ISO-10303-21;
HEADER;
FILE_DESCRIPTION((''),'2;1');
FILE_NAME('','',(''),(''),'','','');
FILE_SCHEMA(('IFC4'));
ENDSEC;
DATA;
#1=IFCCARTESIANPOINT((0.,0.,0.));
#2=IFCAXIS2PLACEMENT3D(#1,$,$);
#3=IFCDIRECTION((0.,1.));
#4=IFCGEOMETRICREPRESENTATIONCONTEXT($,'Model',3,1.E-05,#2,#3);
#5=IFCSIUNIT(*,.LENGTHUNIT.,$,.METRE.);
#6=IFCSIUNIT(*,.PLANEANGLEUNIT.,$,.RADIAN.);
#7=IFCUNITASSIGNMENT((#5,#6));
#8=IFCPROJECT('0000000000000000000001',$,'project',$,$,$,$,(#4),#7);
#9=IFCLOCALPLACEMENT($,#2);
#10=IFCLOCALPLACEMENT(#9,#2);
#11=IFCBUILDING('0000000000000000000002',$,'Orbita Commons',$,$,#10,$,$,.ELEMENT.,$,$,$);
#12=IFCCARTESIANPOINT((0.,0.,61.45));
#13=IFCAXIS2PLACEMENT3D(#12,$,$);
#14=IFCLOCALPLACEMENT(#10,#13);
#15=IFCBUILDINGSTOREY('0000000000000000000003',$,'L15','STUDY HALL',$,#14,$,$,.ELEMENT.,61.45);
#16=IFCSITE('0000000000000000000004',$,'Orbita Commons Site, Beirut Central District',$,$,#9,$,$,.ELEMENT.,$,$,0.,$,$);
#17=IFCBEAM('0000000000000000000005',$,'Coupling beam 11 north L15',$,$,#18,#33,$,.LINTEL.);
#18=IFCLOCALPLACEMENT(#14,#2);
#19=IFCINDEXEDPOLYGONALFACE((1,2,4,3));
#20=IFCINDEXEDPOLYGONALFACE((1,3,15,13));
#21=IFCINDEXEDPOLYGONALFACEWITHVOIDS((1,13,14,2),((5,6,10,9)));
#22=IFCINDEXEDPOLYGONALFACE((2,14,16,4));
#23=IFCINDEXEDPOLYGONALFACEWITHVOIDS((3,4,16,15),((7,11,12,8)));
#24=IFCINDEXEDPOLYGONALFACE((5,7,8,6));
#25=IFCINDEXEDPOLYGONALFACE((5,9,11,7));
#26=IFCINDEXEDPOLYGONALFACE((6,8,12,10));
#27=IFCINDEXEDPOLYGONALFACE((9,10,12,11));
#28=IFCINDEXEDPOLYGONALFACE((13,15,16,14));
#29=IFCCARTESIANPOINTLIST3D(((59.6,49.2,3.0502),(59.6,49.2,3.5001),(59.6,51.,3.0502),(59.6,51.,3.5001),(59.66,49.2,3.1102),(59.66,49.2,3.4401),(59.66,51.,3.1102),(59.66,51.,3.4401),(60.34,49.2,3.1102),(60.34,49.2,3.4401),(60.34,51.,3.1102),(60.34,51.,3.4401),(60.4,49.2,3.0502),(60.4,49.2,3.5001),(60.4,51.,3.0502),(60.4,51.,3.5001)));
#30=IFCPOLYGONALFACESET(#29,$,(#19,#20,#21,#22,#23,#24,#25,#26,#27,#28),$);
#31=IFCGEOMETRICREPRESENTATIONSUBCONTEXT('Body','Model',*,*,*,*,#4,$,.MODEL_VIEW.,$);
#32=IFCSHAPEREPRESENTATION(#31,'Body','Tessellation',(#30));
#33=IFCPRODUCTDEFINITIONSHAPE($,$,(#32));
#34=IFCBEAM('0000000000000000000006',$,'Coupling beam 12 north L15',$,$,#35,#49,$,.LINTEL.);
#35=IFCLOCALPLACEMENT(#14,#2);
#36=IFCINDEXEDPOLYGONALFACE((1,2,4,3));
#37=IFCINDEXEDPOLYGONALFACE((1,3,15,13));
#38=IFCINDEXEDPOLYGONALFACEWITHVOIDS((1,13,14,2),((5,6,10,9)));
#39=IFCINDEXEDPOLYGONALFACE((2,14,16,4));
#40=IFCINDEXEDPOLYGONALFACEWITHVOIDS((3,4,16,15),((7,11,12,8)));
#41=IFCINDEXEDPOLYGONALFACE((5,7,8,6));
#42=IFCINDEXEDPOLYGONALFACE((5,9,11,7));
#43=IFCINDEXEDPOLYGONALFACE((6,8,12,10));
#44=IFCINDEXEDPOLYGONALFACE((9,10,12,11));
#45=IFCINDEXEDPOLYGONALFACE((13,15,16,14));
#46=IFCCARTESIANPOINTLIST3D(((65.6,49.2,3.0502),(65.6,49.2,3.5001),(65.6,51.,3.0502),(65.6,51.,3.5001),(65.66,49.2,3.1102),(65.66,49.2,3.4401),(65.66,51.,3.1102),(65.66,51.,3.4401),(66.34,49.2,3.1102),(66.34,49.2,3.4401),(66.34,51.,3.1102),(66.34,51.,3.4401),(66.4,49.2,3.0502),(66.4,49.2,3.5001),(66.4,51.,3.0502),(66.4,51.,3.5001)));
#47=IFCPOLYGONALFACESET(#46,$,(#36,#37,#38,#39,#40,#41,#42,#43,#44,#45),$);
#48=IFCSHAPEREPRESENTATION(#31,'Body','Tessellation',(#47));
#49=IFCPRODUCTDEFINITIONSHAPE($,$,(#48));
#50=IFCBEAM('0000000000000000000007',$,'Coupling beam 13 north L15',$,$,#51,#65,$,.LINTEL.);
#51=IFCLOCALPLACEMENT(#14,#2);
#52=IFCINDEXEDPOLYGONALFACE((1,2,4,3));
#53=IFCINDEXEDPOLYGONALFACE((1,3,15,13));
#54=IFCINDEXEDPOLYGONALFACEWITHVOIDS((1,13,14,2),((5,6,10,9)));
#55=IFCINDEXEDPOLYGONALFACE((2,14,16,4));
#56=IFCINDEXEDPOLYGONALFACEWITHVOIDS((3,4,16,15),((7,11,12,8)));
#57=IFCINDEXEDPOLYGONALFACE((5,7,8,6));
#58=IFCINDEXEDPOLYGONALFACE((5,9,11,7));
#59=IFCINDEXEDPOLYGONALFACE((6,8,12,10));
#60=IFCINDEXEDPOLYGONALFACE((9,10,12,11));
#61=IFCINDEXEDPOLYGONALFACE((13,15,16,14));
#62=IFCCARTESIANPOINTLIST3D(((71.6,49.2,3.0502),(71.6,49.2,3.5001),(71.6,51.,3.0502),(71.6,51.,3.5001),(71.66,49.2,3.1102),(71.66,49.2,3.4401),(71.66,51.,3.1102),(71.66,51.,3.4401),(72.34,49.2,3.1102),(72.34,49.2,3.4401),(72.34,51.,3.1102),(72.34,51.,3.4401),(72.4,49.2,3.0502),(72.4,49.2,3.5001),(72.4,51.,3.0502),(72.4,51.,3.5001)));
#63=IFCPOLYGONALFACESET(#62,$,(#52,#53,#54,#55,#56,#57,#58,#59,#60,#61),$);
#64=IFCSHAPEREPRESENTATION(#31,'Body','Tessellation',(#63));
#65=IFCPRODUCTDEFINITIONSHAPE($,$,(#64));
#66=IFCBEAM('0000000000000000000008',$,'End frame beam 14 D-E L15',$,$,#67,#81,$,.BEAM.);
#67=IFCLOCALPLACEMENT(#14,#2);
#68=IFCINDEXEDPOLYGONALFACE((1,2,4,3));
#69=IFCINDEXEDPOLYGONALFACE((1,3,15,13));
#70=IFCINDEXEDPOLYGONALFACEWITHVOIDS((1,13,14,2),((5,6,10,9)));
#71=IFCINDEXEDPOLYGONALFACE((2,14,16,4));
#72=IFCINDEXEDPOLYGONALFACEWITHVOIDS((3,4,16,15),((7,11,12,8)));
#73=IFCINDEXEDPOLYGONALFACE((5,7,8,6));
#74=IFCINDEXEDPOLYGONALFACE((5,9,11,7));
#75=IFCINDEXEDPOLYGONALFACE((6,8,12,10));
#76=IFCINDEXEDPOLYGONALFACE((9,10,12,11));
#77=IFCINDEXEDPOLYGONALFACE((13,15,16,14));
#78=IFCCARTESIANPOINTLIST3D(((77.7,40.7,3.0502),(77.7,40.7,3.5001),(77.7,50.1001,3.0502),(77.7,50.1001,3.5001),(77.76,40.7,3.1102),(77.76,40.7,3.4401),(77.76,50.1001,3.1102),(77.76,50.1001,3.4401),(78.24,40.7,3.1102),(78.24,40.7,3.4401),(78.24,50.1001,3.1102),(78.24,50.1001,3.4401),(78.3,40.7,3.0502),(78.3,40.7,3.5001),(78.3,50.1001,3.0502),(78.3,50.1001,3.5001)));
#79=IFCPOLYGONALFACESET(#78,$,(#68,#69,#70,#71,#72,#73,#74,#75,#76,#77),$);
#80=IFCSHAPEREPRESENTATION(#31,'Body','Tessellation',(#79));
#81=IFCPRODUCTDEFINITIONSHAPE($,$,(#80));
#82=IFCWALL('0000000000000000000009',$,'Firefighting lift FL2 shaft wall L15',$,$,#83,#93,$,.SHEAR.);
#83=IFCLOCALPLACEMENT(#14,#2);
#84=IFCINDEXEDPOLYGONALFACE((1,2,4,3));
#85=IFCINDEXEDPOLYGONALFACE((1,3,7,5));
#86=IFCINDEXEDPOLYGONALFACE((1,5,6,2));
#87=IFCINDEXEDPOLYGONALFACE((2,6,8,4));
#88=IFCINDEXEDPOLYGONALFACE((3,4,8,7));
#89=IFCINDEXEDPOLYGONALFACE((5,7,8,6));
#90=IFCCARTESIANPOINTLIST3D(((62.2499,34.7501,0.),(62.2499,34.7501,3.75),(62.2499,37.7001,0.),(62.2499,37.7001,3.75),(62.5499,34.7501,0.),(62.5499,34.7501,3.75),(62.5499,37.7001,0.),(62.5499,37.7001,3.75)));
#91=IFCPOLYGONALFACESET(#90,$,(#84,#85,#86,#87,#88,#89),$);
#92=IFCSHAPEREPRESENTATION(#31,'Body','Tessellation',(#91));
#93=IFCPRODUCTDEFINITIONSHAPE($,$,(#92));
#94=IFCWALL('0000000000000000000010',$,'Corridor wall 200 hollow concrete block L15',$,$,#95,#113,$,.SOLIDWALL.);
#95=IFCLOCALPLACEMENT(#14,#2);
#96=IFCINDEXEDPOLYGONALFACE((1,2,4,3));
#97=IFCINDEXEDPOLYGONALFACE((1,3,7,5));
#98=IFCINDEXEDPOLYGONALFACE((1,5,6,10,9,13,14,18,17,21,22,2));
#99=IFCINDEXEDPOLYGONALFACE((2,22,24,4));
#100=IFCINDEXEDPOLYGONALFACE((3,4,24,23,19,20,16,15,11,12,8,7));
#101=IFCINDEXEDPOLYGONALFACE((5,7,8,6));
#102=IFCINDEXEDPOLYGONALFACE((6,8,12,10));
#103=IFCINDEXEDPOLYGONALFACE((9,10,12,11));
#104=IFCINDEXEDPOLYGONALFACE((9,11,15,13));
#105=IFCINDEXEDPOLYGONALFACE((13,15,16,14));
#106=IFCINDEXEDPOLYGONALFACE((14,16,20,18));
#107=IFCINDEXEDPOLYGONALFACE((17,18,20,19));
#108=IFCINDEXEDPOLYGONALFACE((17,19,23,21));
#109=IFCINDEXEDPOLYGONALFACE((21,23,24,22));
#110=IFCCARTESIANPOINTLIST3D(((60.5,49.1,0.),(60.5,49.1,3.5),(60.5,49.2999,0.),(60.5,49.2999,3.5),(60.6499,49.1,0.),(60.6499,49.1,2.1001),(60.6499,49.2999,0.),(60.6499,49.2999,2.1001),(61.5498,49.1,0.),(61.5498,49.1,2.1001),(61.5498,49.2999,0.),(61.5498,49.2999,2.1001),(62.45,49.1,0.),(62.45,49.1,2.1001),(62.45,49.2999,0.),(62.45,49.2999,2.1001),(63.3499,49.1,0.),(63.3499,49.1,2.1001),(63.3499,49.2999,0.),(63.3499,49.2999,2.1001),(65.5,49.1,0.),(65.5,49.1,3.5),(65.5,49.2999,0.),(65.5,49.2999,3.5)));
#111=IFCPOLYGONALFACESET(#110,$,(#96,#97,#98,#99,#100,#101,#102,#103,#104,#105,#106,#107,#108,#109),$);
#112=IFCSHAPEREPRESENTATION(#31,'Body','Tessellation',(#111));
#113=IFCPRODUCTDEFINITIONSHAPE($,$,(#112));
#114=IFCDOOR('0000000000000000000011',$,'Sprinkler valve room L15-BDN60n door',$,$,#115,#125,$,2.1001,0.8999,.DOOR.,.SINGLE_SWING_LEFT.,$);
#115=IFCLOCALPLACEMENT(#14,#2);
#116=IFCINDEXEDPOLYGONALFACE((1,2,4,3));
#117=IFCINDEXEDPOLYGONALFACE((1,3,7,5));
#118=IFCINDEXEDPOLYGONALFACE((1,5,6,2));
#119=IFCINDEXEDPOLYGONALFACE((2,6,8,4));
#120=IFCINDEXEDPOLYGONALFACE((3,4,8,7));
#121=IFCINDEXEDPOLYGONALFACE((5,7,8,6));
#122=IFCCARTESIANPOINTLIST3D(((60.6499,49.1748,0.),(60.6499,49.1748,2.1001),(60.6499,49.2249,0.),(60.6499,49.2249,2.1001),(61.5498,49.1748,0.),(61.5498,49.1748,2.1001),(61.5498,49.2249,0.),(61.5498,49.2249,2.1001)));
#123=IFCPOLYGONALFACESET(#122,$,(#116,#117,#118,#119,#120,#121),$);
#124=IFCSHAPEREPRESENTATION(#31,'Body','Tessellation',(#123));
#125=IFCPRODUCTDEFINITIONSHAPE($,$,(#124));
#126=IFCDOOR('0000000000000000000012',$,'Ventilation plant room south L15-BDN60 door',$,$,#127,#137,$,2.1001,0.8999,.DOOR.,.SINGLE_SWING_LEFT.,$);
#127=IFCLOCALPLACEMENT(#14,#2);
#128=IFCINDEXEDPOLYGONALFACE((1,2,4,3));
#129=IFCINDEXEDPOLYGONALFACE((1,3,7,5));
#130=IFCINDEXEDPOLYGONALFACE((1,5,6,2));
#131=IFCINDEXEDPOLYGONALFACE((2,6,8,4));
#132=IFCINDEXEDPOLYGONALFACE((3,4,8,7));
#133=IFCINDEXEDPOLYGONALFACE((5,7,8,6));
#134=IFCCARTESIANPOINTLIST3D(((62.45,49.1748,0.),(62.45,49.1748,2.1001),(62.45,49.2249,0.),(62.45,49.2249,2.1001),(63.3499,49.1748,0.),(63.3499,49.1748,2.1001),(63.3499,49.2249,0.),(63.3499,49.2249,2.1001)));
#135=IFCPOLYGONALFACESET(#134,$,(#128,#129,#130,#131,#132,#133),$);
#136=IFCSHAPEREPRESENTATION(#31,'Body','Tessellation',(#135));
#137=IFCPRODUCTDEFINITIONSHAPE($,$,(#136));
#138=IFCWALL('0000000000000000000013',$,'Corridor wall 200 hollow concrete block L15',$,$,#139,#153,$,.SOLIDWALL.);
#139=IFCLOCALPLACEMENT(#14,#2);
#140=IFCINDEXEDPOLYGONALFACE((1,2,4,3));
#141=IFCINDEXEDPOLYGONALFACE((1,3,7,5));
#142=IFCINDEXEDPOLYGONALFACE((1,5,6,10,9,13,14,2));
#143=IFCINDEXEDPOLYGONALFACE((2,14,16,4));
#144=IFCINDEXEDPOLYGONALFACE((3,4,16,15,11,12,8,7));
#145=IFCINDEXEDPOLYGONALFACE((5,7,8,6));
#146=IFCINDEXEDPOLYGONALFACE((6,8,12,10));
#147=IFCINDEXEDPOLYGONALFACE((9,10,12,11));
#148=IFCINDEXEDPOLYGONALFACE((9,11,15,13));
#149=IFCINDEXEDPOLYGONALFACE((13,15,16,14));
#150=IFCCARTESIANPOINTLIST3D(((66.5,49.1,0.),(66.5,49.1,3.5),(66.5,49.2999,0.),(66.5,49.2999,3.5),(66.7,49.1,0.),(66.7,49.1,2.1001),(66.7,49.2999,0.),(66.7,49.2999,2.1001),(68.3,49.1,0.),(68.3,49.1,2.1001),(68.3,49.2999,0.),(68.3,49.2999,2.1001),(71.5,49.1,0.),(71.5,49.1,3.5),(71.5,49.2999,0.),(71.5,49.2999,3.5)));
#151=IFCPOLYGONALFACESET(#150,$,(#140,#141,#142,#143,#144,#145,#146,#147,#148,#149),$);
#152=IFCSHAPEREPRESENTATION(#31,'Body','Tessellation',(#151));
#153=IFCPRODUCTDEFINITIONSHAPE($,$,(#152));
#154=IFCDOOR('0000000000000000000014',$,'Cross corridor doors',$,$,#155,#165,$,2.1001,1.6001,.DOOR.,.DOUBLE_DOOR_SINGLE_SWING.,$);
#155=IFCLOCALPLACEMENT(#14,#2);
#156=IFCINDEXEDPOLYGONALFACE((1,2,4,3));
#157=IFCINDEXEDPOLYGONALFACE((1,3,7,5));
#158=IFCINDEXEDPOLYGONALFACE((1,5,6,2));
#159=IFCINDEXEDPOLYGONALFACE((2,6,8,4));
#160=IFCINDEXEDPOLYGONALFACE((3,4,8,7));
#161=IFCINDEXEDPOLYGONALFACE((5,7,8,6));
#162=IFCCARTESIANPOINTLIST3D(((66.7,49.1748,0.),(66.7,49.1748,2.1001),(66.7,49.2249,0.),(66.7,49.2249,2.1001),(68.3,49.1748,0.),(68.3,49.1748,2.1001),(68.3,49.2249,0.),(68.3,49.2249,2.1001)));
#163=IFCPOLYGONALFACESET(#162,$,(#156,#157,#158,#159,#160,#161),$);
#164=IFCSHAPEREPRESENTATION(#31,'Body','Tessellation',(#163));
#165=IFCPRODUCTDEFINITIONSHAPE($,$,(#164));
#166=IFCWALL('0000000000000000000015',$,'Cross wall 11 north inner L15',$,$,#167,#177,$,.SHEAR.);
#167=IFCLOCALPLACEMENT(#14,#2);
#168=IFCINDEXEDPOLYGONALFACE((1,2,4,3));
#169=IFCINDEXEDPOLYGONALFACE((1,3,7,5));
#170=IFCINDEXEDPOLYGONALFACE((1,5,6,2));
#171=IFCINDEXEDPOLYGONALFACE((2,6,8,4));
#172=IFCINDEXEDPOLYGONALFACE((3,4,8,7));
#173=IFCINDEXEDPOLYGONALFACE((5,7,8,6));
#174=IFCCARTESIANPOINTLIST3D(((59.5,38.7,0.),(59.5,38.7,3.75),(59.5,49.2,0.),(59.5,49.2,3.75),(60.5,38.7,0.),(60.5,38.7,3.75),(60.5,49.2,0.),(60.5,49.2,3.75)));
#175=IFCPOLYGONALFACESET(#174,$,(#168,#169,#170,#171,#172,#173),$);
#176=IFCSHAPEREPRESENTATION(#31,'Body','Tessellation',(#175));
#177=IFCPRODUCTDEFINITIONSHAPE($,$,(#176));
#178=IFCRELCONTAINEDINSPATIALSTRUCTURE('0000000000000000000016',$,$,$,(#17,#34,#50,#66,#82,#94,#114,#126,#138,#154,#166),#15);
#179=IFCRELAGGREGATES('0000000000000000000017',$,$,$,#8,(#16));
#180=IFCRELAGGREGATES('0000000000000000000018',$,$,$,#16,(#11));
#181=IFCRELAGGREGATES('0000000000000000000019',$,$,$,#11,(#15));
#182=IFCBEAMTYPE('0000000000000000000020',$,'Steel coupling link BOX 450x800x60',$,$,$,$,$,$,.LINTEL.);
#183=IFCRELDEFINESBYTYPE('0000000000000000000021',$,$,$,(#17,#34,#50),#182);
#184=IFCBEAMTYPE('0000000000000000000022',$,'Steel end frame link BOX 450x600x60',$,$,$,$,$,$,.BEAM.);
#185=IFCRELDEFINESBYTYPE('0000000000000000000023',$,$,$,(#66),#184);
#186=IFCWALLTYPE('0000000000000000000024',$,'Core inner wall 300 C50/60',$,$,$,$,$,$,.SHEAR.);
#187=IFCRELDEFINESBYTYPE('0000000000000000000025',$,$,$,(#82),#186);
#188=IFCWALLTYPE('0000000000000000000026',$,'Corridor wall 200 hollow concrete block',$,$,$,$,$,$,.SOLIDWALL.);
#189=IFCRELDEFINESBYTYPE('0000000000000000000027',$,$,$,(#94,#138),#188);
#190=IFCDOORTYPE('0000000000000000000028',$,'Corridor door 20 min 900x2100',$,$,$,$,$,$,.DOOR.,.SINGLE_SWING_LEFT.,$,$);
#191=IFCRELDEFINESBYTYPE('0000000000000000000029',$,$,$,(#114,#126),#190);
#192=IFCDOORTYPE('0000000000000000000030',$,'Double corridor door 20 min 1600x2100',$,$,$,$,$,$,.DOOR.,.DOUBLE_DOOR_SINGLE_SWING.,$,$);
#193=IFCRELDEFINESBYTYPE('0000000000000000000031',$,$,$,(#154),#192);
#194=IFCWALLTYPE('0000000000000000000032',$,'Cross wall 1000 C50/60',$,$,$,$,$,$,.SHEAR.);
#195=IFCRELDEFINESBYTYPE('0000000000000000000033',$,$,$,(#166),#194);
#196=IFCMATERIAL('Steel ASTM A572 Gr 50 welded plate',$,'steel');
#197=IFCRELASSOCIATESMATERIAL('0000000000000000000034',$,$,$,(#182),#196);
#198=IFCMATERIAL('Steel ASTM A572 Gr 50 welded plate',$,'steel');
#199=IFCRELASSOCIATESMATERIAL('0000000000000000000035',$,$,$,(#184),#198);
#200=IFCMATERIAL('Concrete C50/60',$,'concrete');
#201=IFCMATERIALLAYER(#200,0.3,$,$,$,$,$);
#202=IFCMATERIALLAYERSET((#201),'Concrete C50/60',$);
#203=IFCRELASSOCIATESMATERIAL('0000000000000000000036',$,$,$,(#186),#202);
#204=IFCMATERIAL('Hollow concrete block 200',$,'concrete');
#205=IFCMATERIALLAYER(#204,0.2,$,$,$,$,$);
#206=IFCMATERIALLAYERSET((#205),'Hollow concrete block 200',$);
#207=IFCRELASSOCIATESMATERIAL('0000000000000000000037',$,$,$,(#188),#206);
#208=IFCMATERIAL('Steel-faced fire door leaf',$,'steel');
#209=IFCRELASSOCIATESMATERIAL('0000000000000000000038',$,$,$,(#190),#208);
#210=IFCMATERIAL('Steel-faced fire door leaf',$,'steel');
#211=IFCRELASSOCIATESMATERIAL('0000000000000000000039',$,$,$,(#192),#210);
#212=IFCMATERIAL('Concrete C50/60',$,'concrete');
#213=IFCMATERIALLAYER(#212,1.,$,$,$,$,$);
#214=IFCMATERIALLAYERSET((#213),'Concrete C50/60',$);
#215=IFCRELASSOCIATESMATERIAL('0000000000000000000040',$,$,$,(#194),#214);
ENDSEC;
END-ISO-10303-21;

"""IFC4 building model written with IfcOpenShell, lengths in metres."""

from ifc_helpers import new_model, si_unit, direction, frame, frame_2d, origin, origin_2d, place, context, subcontext, project, spatial, rectangle, hollow_rectangle, extrude, material, layer, layer_set, material_profile, profile_set, type_object, element, fill, save


model = new_model("IFC4")

# Units and contexts
model_context = context("Model", 3, precision=1e-05, world=origin(), true_north=direction((0.0, 1.0)))
body_context = subcontext(model_context, "Body", "Model", "MODEL_VIEW")
ifc_project = project(units=[si_unit("LENGTHUNIT", "METRE"), si_unit("PLANEANGLEUNIT", "RADIAN")], contexts=[model_context])

# Site, building, storey
site_placement = place(None, origin())
site = spatial("IfcSite", under=ifc_project, at=site_placement, Name="Orbita Commons Site, Beirut Central District", CompositionType="ELEMENT", RefElevation=0.0)
building_placement = place(site_placement, origin())
building = spatial("IfcBuilding", under=site, at=building_placement, Name="Orbita Commons", CompositionType="ELEMENT")
storey_placement = place(building_placement, frame((0.0, 0.0, 61.45)))
storey = spatial("IfcBuildingStorey", under=building, at=storey_placement, Name="L15", Description="STUDY HALL", CompositionType="ELEMENT", Elevation=61.45)

# Beams
ifc_material_1 = material(Name="Steel ASTM A572 Gr 50 welded plate", Category="steel")
ifc_material_profile_1 = material_profile(ifc_material_1, hollow_rectangle(XDim=0.8, YDim=0.45, WallThickness=0.0601, at=origin_2d()), Name="BOX 450x800x60")
ifc_profile_set_1 = profile_set([ifc_material_profile_1], Name="Steel ASTM A572 Gr 50 welded plate")
beam_type_1 = type_object("IfcBeamType", Name="Steel coupling link BOX 450x800x60", PredefinedType="LINTEL", material=ifc_profile_set_1)
for number, where, z_axis, x_axis, name in (
    (1, (60.0, 49.2, 3.2751), (0.0, 1.0, 0.0), (-1.0, 0.0, 0.0), "Coupling beam 11 north L15"),
    (2, (66.0, 49.2, 3.2751), (0.0, 1.0, 0.0), (-1.0, 0.0, 0.0), "Coupling beam 12 north L15"),
    (3, (72.0, 49.2, 3.2751), (0.0, 1.0, 0.0), (-1.0, 0.0, 0.0), "Coupling beam 13 north L15"),
):
    element("IfcBeam", number, at=place(storey_placement, frame(where, z_axis=z_axis, x_axis=x_axis)), inside=storey, type_object=beam_type_1, Name=name, PredefinedType="LINTEL", context=body_context, shape_type="SweptSolid", body=[
        extrude(hollow_rectangle(XDim=0.8, YDim=0.45, WallThickness=0.0601, at=origin_2d()), origin(), (0.0, 0.0, 1.0), 1.8),
    ])
ifc_material_2 = material(Name="Steel ASTM A572 Gr 50 welded plate", Category="steel")
ifc_material_profile_2 = material_profile(ifc_material_2, hollow_rectangle(XDim=0.6001, YDim=0.45, WallThickness=0.0601, at=origin_2d()), Name="BOX 450x600x60")
ifc_profile_set_2 = profile_set([ifc_material_profile_2], Name="Steel ASTM A572 Gr 50 welded plate")
beam_type_2 = type_object("IfcBeamType", Name="Steel end frame link BOX 450x600x60", PredefinedType="BEAM", material=ifc_profile_set_2)
beam_placement = place(storey_placement, frame((78.0, 40.7, 3.2751), z_axis=(0.0, 1.0, 0.0), x_axis=(-1.0, 0.0, 0.0)))
element("IfcBeam", 4, at=beam_placement, inside=storey, type_object=beam_type_2, Name="End frame beam 14 D-E L15", PredefinedType="BEAM", context=body_context, shape_type="SweptSolid", body=[
    extrude(hollow_rectangle(XDim=0.6001, YDim=0.45, WallThickness=0.0601, at=origin_2d()), origin(), (0.0, 0.0, 1.0), 9.4001),
])

# Wall
ifc_material_3 = material(Name="Concrete C50/60", Category="concrete")
ifc_layer_1 = layer(ifc_material_3, 0.3)
ifc_layer_set_1 = layer_set([ifc_layer_1], Name="Concrete C50/60")
wall_type_1 = type_object("IfcWallType", Name="Core inner wall 300 C50/60", PredefinedType="SHEAR", material=ifc_layer_set_1)
wall_1_placement = place(storey_placement, frame((62.3999, 34.75, 0.0), z_axis=(0.0, 0.0, 1.0), x_axis=(0.0, 1.0, 0.0)))
element("IfcWall", 5, at=wall_1_placement, inside=storey, type_object=wall_type_1, Name="Firefighting lift FL2 shaft wall L15", PredefinedType="SHEAR", context=body_context, shape_type="SweptSolid", body=[
    extrude(rectangle(XDim=2.95, YDim=0.3, at=frame_2d((1.4751, 0.0))), origin(), (0.0, 0.0, 1.0), 3.75),
])

# Wall, openings, doors
ifc_material_4 = material(Name="Hollow concrete block 200", Category="concrete")
ifc_layer_2 = layer(ifc_material_4, 0.2)
ifc_layer_set_2 = layer_set([ifc_layer_2], Name="Hollow concrete block 200")
wall_type_2 = type_object("IfcWallType", Name="Corridor wall 200 hollow concrete block", PredefinedType="SOLIDWALL", material=ifc_layer_set_2)
wall_2_placement = place(storey_placement, frame((60.5, 49.2, 0.0), z_axis=(0.0, 0.0, 1.0), x_axis=(1.0, 0.0, 0.0)))
wall_2 = element("IfcWall", 6, at=wall_2_placement, inside=storey, type_object=wall_type_2, Name="Corridor wall 200 hollow concrete block L15", PredefinedType="SOLIDWALL", context=body_context, shape_type="SweptSolid", body=[
    extrude(rectangle(XDim=5.0, YDim=0.2, at=frame_2d((2.5, 0.0))), origin(), (0.0, 0.0, 1.0), 3.5),
])
opening_1_placement = place(wall_2_placement, frame((0.1499, 0.0, 0.0)))
opening_1 = element("IfcOpeningElement", 7, at=opening_1_placement, cuts=wall_2, PredefinedType="OPENING", context=body_context, shape_type="SweptSolid", body=[
    extrude(rectangle(XDim=0.8999, YDim=2.1001, at=frame_2d((0.45, 1.05))), frame((0.0, 0.1099, 0.0), z_axis=(0.0, -1.0, 0.0), x_axis=(1.0, 0.0, 0.0)), (0.0, 0.0, 1.0), 0.22),
])
opening_2_placement = place(wall_2_placement, frame((1.95, 0.0, 0.0)))
opening_2 = element("IfcOpeningElement", 8, at=opening_2_placement, cuts=wall_2, PredefinedType="OPENING", context=body_context, shape_type="SweptSolid", body=[
    extrude(rectangle(XDim=0.8999, YDim=2.1001, at=frame_2d((0.45, 1.05))), frame((0.0, 0.1099, 0.0), z_axis=(0.0, -1.0, 0.0), x_axis=(1.0, 0.0, 0.0)), (0.0, 0.0, 1.0), 0.22),
])
ifc_material_5 = material(Name="Steel-faced fire door leaf", Category="steel")
door_type_1 = type_object("IfcDoorType", Name="Corridor door 20 min 900x2100", OperationType="SINGLE_SWING_LEFT", PredefinedType="DOOR", material=ifc_material_5)
door_1_placement = place(opening_1_placement, origin())
door_1 = element("IfcDoor", 9, at=door_1_placement, inside=storey, type_object=door_type_1, Name="Sprinkler valve room L15-BDN60n door", OperationType="SINGLE_SWING_LEFT", OverallHeight=2.1001, OverallWidth=0.8999, PredefinedType="DOOR", context=body_context, shape_type="SweptSolid", body=[
    extrude(rectangle(XDim=0.8999, YDim=2.1001, at=frame_2d((0.45, 1.05))), frame((0.0, 0.0249, 0.0), z_axis=(0.0, -1.0, 0.0), x_axis=(1.0, 0.0, 0.0)), (0.0, 0.0, 1.0), 0.05),
])
fill(opening_1, door_1)
door_2_placement = place(opening_2_placement, origin())
door_2 = element("IfcDoor", 10, at=door_2_placement, inside=storey, type_object=door_type_1, Name="Ventilation plant room south L15-BDN60 door", OperationType="SINGLE_SWING_LEFT", OverallHeight=2.1001, OverallWidth=0.8999, PredefinedType="DOOR", context=body_context, shape_type="SweptSolid", body=[
    extrude(rectangle(XDim=0.8999, YDim=2.1001, at=frame_2d((0.45, 1.05))), frame((0.0, 0.0249, 0.0), z_axis=(0.0, -1.0, 0.0), x_axis=(1.0, 0.0, 0.0)), (0.0, 0.0, 1.0), 0.05),
])
fill(opening_2, door_2)

# Wall, opening, door
wall_3_placement = place(storey_placement, frame((66.5, 49.2, 0.0), z_axis=(0.0, 0.0, 1.0), x_axis=(1.0, 0.0, 0.0)))
wall_3 = element("IfcWall", 11, at=wall_3_placement, inside=storey, type_object=wall_type_2, Name="Corridor wall 200 hollow concrete block L15", PredefinedType="SOLIDWALL", context=body_context, shape_type="SweptSolid", body=[
    extrude(rectangle(XDim=5.0, YDim=0.2, at=frame_2d((2.5, 0.0))), origin(), (0.0, 0.0, 1.0), 3.5),
])
opening_3_placement = place(wall_3_placement, frame((0.2, 0.0, 0.0)))
opening_3 = element("IfcOpeningElement", 12, at=opening_3_placement, cuts=wall_3, PredefinedType="OPENING", context=body_context, shape_type="SweptSolid", body=[
    extrude(rectangle(XDim=1.6001, YDim=2.1001, at=frame_2d((0.8, 1.05))), frame((0.0, 0.1099, 0.0), z_axis=(0.0, -1.0, 0.0), x_axis=(1.0, 0.0, 0.0)), (0.0, 0.0, 1.0), 0.22),
])
ifc_material_6 = material(Name="Steel-faced fire door leaf", Category="steel")
door_type_2 = type_object("IfcDoorType", Name="Double corridor door 20 min 1600x2100", OperationType="DOUBLE_DOOR_SINGLE_SWING", PredefinedType="DOOR", material=ifc_material_6)
door_3_placement = place(opening_3_placement, origin())
door_3 = element("IfcDoor", 13, at=door_3_placement, inside=storey, type_object=door_type_2, Name="Cross corridor doors", OperationType="DOUBLE_DOOR_SINGLE_SWING", OverallHeight=2.1001, OverallWidth=1.6001, PredefinedType="DOOR", context=body_context, shape_type="SweptSolid", body=[
    extrude(rectangle(XDim=1.6001, YDim=2.1001, at=frame_2d((0.8, 1.05))), frame((0.0, 0.0249, 0.0), z_axis=(0.0, -1.0, 0.0), x_axis=(1.0, 0.0, 0.0)), (0.0, 0.0, 1.0), 0.05),
])
fill(opening_3, door_3)

# Wall
ifc_material_7 = material(Name="Concrete C50/60", Category="concrete")
ifc_layer_3 = layer(ifc_material_7, 1.0)
ifc_layer_set_3 = layer_set([ifc_layer_3], Name="Concrete C50/60")
wall_type_3 = type_object("IfcWallType", Name="Cross wall 1000 C50/60", PredefinedType="SHEAR", material=ifc_layer_set_3)
for number, where, z_axis, x_axis, name in (
    (14, (60.0, 38.7, 0.0), (0.0, 0.0, 1.0), (0.0, 1.0, 0.0), "Cross wall 11 north inner L15"),
):
    element("IfcWall", number, at=place(storey_placement, frame(where, z_axis=z_axis, x_axis=x_axis)), inside=storey, type_object=wall_type_3, Name=name, PredefinedType="SHEAR", context=body_context, shape_type="SweptSolid", body=[
        extrude(rectangle(XDim=10.5, YDim=1.0, at=frame_2d((5.25, 0.0))), origin(), (0.0, 0.0, 1.0), 3.75),
    ])

save(model, "model.ifc")
